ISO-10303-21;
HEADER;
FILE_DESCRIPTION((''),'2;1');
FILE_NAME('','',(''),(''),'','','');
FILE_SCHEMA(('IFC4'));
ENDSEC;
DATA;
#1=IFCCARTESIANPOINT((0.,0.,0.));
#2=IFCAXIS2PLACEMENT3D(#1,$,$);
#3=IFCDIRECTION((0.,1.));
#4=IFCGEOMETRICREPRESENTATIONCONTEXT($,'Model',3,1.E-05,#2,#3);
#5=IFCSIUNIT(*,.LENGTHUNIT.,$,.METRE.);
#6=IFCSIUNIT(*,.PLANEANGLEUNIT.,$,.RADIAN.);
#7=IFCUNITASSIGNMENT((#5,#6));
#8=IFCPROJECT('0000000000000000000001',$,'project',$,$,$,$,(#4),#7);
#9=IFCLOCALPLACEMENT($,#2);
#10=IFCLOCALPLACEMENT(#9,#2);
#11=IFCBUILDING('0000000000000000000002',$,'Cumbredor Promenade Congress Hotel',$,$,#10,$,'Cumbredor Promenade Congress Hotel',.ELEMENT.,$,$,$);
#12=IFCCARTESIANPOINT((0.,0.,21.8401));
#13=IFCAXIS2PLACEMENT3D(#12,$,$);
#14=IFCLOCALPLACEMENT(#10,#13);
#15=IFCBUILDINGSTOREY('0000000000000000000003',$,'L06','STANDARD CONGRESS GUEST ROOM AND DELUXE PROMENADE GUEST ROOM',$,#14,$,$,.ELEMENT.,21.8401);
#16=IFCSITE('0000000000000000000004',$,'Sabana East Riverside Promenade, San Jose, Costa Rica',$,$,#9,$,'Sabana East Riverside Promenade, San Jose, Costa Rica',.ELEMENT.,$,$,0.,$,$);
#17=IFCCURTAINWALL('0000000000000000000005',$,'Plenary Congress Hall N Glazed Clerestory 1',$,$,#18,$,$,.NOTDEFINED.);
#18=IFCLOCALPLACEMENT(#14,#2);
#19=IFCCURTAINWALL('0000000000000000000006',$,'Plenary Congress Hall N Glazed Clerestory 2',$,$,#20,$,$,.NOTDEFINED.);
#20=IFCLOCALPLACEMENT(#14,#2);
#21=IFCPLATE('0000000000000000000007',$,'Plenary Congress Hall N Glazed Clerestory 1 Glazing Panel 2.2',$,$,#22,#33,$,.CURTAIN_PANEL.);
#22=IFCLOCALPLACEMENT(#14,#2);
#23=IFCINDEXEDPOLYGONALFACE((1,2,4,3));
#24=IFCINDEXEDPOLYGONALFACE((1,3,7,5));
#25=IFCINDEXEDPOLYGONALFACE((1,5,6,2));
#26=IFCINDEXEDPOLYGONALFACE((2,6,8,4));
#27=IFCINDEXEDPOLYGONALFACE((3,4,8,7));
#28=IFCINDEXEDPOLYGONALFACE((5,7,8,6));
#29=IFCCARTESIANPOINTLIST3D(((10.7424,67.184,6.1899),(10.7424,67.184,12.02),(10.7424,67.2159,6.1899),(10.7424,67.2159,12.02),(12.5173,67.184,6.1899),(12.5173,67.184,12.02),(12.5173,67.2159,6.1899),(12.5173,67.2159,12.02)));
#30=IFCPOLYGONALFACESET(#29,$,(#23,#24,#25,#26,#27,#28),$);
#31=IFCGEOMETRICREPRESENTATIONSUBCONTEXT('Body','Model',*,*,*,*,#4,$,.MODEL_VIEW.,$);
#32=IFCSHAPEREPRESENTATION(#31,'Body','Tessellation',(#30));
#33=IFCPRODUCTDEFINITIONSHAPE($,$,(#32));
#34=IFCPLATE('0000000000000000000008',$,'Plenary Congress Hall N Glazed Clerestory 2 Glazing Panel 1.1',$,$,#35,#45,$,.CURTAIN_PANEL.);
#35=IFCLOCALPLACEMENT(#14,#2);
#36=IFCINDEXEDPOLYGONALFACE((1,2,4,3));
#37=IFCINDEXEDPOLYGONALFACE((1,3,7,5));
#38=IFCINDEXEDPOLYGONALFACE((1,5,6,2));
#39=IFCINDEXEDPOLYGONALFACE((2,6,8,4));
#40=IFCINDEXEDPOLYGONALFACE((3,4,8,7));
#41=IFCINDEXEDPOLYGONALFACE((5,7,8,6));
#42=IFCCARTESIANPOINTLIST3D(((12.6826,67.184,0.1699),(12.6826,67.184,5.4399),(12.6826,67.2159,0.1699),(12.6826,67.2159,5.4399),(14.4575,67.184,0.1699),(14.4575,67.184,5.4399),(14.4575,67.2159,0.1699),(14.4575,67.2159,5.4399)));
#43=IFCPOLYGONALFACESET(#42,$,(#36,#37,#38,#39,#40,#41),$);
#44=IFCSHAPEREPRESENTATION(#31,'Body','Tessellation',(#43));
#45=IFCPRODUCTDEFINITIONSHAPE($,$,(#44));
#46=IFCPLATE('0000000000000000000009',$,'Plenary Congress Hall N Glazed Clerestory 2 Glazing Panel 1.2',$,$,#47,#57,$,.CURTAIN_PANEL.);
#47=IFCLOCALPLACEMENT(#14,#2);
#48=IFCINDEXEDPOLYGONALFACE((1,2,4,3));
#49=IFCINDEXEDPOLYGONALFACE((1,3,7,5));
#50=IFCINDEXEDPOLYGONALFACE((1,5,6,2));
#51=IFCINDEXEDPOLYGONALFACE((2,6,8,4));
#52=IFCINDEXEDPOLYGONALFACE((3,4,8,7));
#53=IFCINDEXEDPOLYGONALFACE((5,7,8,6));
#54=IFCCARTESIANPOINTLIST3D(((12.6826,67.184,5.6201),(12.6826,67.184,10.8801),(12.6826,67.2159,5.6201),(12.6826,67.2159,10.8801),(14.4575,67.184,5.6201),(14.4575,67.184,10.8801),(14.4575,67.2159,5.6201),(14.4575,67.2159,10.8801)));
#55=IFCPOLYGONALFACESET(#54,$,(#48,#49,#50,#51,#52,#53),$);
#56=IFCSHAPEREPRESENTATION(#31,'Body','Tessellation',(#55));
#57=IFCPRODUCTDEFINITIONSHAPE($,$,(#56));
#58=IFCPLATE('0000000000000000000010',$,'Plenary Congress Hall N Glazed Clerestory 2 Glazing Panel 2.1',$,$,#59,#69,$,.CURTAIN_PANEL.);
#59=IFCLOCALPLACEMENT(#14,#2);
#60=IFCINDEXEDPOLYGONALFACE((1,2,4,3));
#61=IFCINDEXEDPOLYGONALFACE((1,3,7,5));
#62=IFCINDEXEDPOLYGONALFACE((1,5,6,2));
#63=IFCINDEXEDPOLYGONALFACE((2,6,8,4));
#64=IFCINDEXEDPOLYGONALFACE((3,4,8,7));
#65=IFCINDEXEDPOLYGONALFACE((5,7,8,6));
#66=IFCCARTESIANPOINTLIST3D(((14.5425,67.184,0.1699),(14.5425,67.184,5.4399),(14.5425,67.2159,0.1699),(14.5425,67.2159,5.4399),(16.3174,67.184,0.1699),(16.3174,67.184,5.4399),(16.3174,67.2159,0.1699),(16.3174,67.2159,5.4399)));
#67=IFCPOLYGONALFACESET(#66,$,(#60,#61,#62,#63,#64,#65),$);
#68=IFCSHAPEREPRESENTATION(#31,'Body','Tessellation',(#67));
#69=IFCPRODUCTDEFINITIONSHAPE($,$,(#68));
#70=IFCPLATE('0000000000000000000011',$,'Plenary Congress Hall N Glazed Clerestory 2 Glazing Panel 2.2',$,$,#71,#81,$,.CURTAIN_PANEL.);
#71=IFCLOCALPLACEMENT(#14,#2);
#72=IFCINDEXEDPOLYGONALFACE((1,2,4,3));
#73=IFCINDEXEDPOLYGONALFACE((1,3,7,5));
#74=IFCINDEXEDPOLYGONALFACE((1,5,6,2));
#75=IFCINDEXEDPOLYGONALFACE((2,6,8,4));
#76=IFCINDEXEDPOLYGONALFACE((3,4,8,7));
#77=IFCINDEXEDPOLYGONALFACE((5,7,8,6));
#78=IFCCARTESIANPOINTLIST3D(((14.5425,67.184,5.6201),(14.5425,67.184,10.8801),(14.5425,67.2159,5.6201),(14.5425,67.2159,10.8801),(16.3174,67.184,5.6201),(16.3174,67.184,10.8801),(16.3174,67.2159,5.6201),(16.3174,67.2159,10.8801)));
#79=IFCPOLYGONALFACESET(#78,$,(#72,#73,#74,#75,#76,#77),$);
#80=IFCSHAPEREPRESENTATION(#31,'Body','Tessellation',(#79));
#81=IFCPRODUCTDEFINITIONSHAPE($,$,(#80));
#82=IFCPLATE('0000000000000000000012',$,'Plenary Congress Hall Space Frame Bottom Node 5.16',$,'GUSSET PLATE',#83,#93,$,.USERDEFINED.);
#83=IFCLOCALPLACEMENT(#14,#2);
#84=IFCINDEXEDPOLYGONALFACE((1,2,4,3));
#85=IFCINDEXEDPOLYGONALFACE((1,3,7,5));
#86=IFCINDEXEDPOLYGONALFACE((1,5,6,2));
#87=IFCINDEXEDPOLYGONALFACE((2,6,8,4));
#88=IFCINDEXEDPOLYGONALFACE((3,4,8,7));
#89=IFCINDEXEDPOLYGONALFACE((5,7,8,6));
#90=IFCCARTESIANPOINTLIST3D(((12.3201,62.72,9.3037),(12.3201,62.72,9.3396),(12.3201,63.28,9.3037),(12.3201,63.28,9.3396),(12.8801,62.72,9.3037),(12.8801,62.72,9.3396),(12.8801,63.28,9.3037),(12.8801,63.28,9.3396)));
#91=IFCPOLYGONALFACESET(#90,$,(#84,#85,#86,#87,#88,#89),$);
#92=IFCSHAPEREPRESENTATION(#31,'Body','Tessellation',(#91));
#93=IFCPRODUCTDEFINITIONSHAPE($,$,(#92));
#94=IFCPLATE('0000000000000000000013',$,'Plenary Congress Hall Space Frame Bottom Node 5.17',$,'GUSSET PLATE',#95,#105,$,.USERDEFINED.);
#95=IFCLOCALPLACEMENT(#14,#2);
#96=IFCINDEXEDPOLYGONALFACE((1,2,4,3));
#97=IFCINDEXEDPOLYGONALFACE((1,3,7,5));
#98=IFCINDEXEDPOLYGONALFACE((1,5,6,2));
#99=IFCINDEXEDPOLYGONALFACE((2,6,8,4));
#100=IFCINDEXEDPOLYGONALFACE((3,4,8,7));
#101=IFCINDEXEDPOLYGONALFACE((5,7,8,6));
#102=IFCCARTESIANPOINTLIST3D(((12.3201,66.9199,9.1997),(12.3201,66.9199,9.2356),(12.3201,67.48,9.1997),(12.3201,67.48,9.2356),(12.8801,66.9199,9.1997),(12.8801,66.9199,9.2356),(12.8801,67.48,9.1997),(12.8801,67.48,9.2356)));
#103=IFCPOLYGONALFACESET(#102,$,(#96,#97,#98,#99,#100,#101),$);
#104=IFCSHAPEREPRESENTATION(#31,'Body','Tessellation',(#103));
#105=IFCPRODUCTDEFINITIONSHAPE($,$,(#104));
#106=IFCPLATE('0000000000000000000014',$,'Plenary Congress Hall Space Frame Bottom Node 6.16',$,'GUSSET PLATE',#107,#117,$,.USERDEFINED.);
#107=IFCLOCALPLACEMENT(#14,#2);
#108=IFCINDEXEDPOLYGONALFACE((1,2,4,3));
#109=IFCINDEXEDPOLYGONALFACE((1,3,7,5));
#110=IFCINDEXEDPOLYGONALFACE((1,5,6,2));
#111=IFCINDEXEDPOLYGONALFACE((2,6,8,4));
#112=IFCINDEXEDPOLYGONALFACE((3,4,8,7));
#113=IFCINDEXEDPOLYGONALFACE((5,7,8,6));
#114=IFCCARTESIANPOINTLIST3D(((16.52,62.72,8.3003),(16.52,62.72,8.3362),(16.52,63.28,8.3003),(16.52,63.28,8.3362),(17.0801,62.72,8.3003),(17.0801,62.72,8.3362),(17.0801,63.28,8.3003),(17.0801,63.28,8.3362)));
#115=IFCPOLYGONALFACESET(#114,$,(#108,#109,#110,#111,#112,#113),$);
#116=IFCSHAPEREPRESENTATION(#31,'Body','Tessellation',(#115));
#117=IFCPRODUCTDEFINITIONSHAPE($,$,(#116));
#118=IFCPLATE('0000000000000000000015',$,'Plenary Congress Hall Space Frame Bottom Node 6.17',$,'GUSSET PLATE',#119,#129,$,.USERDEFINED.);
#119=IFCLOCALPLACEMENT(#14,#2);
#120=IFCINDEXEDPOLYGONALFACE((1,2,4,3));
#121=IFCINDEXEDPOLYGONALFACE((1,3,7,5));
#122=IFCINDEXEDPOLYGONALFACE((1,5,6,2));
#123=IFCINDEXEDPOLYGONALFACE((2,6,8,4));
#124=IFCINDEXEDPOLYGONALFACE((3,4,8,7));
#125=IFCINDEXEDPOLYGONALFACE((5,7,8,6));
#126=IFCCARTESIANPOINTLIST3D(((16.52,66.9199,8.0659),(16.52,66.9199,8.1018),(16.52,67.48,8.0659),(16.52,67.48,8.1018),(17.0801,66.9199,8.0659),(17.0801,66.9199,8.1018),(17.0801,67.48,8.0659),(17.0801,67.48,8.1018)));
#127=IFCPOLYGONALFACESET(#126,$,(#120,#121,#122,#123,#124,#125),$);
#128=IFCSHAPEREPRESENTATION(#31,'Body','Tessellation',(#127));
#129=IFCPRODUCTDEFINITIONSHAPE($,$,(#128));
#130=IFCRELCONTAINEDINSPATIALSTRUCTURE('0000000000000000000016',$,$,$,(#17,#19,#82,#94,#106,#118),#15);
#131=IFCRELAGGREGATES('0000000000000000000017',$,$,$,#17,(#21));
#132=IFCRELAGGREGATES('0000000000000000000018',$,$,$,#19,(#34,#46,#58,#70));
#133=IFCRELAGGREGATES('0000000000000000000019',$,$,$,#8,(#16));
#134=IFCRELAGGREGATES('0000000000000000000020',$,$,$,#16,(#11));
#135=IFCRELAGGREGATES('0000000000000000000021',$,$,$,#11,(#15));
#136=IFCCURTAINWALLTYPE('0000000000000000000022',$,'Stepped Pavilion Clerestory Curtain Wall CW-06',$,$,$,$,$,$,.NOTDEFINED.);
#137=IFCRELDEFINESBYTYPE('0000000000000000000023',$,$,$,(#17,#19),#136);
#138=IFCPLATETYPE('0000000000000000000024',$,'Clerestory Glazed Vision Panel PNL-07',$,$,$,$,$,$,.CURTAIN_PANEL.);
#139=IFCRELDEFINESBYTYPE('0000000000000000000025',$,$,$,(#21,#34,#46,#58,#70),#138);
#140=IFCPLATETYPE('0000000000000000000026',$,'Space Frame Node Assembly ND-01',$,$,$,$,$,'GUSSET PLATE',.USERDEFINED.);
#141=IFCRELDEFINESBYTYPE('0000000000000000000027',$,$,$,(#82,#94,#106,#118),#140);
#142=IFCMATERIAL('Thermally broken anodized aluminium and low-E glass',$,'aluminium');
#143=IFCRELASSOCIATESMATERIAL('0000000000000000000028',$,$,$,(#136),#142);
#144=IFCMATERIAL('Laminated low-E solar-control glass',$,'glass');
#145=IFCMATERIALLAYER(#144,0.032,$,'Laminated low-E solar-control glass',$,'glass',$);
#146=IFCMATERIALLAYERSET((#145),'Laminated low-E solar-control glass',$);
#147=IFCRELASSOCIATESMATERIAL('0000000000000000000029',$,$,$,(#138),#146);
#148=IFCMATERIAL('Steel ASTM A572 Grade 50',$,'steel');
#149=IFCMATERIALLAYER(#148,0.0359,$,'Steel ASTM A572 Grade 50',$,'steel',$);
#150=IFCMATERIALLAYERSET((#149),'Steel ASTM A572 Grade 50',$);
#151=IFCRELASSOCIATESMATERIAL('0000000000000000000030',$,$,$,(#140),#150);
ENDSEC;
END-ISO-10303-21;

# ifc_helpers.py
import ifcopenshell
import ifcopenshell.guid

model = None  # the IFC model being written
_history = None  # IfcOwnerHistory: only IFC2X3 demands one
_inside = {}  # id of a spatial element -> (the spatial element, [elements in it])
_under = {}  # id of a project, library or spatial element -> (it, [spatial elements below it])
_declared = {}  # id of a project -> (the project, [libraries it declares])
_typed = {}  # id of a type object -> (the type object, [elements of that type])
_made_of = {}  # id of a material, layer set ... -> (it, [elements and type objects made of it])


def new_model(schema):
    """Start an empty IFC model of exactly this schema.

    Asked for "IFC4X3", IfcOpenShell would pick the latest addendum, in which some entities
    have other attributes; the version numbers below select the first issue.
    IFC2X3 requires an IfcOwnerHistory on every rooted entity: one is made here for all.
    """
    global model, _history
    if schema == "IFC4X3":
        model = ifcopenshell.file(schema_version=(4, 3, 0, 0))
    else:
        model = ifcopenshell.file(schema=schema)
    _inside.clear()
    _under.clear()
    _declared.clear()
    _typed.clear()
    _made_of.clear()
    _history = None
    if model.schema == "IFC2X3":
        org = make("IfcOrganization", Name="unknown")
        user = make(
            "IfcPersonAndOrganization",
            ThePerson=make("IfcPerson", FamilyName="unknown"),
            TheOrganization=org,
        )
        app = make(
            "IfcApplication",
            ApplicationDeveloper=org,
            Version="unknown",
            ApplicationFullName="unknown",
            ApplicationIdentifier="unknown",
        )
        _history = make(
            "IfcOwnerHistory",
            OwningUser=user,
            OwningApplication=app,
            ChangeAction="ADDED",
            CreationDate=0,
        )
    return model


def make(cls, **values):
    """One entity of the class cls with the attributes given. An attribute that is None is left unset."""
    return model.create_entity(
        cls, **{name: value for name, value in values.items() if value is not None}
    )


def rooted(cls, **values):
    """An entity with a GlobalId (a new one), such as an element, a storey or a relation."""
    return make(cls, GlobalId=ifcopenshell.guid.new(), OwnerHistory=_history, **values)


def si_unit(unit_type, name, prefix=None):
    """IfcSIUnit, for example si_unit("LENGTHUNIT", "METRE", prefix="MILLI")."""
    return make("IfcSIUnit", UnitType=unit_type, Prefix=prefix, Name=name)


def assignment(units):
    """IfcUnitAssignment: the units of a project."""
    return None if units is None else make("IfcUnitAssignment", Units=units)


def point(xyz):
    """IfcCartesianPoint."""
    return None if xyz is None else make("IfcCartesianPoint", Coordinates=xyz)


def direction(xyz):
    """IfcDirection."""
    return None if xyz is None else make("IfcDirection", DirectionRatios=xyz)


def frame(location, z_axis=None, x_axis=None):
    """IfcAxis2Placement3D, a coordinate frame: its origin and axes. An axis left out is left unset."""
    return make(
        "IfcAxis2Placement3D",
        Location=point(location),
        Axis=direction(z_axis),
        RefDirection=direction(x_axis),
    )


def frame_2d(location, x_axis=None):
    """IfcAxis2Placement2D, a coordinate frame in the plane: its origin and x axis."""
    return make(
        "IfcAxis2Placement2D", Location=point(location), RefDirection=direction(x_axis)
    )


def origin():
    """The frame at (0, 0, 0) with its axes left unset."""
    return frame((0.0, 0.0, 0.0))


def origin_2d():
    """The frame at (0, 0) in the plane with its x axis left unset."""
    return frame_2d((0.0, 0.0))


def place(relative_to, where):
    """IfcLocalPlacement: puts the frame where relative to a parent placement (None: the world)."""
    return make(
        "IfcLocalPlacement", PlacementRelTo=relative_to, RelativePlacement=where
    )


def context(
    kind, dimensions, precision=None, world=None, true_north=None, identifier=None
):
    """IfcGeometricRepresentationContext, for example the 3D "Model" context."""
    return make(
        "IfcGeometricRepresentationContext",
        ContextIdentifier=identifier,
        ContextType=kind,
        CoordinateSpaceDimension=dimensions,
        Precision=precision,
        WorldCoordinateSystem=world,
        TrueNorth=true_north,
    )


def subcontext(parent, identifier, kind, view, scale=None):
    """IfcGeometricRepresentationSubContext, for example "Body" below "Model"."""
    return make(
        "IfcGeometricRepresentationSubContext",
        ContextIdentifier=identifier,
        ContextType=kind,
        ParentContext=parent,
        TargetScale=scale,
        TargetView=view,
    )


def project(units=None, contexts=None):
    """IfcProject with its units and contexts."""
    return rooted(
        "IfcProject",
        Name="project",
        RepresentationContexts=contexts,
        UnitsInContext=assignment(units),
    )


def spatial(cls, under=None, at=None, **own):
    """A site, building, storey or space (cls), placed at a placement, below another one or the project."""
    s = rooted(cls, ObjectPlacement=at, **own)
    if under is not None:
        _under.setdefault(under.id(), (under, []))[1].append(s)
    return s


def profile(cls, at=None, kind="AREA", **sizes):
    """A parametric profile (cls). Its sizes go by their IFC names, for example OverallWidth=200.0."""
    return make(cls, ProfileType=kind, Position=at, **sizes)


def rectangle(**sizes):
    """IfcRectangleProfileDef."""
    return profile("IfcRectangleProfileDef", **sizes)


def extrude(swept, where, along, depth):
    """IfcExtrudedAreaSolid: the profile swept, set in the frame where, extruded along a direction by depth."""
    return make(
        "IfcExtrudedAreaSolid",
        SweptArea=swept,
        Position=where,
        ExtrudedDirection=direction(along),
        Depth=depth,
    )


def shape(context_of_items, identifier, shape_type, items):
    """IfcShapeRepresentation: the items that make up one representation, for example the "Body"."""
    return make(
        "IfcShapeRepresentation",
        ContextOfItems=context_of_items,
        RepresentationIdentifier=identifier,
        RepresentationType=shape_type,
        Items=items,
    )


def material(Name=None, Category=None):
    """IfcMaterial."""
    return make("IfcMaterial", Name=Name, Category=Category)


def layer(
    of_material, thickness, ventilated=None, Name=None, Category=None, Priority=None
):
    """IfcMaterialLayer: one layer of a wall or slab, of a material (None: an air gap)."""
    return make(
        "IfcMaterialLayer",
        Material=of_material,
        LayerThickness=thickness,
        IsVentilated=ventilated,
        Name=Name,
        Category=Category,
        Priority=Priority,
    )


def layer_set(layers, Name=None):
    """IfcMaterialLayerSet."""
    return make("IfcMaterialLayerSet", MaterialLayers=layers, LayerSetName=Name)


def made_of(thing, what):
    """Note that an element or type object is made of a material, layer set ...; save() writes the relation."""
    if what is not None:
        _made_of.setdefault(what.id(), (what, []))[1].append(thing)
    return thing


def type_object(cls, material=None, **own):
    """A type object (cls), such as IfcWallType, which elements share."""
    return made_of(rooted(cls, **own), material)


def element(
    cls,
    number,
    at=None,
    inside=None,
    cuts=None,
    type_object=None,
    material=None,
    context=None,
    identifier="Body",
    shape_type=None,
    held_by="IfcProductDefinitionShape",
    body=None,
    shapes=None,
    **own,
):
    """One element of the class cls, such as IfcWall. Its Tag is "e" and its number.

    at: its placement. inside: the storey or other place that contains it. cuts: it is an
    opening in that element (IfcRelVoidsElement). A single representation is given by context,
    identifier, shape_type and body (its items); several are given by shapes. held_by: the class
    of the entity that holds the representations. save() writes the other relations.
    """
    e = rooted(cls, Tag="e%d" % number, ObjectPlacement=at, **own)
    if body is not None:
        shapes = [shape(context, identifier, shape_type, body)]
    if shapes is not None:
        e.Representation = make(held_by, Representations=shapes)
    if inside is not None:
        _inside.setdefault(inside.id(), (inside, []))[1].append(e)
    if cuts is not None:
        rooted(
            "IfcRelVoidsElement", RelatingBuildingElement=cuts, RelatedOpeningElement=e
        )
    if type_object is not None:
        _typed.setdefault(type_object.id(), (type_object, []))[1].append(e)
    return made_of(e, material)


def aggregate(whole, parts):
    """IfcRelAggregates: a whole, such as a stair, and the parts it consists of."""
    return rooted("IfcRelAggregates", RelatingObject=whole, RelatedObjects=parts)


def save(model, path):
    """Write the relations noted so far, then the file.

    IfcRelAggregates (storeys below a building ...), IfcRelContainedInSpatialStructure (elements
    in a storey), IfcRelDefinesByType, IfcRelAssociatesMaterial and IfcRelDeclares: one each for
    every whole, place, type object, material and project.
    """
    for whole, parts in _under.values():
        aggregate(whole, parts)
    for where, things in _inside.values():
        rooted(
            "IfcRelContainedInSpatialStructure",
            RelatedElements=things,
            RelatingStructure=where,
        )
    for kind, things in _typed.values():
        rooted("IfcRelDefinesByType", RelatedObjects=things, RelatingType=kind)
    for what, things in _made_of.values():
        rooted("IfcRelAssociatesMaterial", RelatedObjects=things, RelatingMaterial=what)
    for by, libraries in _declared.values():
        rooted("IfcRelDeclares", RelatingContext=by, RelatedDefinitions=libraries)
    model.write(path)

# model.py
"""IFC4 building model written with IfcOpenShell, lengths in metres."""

from ifc_helpers import new_model, si_unit, direction, frame, origin, origin_2d, place, context, subcontext, project, spatial, rectangle, extrude, material, layer, layer_set, type_object, element, aggregate, save


model = new_model("IFC4")

# Units and contexts
model_context = context("Model", 3, precision=1e-05, world=origin(), true_north=direction((0.0, 1.0)))
body_context = subcontext(model_context, "Body", "Model", "MODEL_VIEW")
ifc_project = project(units=[si_unit("LENGTHUNIT", "METRE"), si_unit("PLANEANGLEUNIT", "RADIAN")], contexts=[model_context])

# Site, building, storey
site_placement = place(None, origin())
site = spatial("IfcSite", under=ifc_project, at=site_placement, Name="Sabana East Riverside Promenade, San Jose, Costa Rica", LongName="Sabana East Riverside Promenade, San Jose, Costa Rica", CompositionType="ELEMENT", RefElevation=0.0)
building_placement = place(site_placement, origin())
building = spatial("IfcBuilding", under=site, at=building_placement, Name="Cumbredor Promenade Congress Hotel", LongName="Cumbredor Promenade Congress Hotel", CompositionType="ELEMENT")
storey_placement = place(building_placement, frame((0.0, 0.0, 21.8401)))
storey = spatial("IfcBuildingStorey", under=building, at=storey_placement, Name="L06", Description="STANDARD CONGRESS GUEST ROOM AND DELUXE PROMENADE GUEST ROOM", CompositionType="ELEMENT", Elevation=21.8401)

# Curtain walls
ifc_material_1 = material(Name="Thermally broken anodized aluminium and low-E glass", Category="aluminium")
curtain_wall_type = type_object("IfcCurtainWallType", Name="Stepped Pavilion Clerestory Curtain Wall CW-06", PredefinedType="NOTDEFINED", material=ifc_material_1)
curtain_wall_1_placement = place(storey_placement, origin())
curtain_wall_1 = element("IfcCurtainWall", 1, at=curtain_wall_1_placement, inside=storey, type_object=curtain_wall_type, Name="Plenary Congress Hall N Glazed Clerestory 1", PredefinedType="NOTDEFINED")
curtain_wall_2_placement = place(storey_placement, origin())
curtain_wall_2 = element("IfcCurtainWall", 2, at=curtain_wall_2_placement, inside=storey, type_object=curtain_wall_type, Name="Plenary Congress Hall N Glazed Clerestory 2", PredefinedType="NOTDEFINED")

# Plates
ifc_material_2 = material(Name="Laminated low-E solar-control glass", Category="glass")
ifc_layer_1 = layer(ifc_material_2, 0.032, Name="Laminated low-E solar-control glass", Category="glass")
ifc_layer_set_1 = layer_set([ifc_layer_1], Name="Laminated low-E solar-control glass")
plate_type_1 = type_object("IfcPlateType", Name="Clerestory Glazed Vision Panel PNL-07", PredefinedType="CURTAIN_PANEL", material=ifc_layer_set_1)
plate_1_placement = place(storey_placement, frame((11.6299, 67.2, 6.1899), z_axis=(0.0, 0.0, 1.0), x_axis=(1.0, 0.0, 0.0)))
plate_1 = element("IfcPlate", 3, at=plate_1_placement, type_object=plate_type_1, Name="Plenary Congress Hall N Glazed Clerestory 1 Glazing Panel 2.2", PredefinedType="CURTAIN_PANEL", context=body_context, shape_type="SweptSolid", body=[
    extrude(rectangle(XDim=1.7749, YDim=0.032, at=origin_2d()), origin(), (0.0, 0.0, 1.0), 5.8301),
])
aggregate(curtain_wall_1, [plate_1])
plate_2_placement = place(storey_placement, frame((13.5701, 67.2, 0.1699), z_axis=(0.0, 0.0, 1.0), x_axis=(1.0, 0.0, 0.0)))
plate_2 = element("IfcPlate", 4, at=plate_2_placement, type_object=plate_type_1, Name="Plenary Congress Hall N Glazed Clerestory 2 Glazing Panel 1.1", PredefinedType="CURTAIN_PANEL", context=body_context, shape_type="SweptSolid", body=[
    extrude(rectangle(XDim=1.7749, YDim=0.032, at=origin_2d()), origin(), (0.0, 0.0, 1.0), 5.27),
])
plate_3_placement = place(storey_placement, frame((13.5701, 67.2, 5.6201), z_axis=(0.0, 0.0, 1.0), x_axis=(1.0, 0.0, 0.0)))
plate_3 = element("IfcPlate", 5, at=plate_3_placement, type_object=plate_type_1, Name="Plenary Congress Hall N Glazed Clerestory 2 Glazing Panel 1.2", PredefinedType="CURTAIN_PANEL", context=body_context, shape_type="SweptSolid", body=[
    extrude(rectangle(XDim=1.7749, YDim=0.032, at=origin_2d()), origin(), (0.0, 0.0, 1.0), 5.26),
])
plate_4_placement = place(storey_placement, frame((15.4299, 67.2, 0.1699), z_axis=(0.0, 0.0, 1.0), x_axis=(1.0, 0.0, 0.0)))
plate_4 = element("IfcPlate", 6, at=plate_4_placement, type_object=plate_type_1, Name="Plenary Congress Hall N Glazed Clerestory 2 Glazing Panel 2.1", PredefinedType="CURTAIN_PANEL", context=body_context, shape_type="SweptSolid", body=[
    extrude(rectangle(XDim=1.7749, YDim=0.032, at=origin_2d()), origin(), (0.0, 0.0, 1.0), 5.27),
])
plate_5_placement = place(storey_placement, frame((15.4299, 67.2, 5.6201), z_axis=(0.0, 0.0, 1.0), x_axis=(1.0, 0.0, 0.0)))
plate_5 = element("IfcPlate", 7, at=plate_5_placement, type_object=plate_type_1, Name="Plenary Congress Hall N Glazed Clerestory 2 Glazing Panel 2.2", PredefinedType="CURTAIN_PANEL", context=body_context, shape_type="SweptSolid", body=[
    extrude(rectangle(XDim=1.7749, YDim=0.032, at=origin_2d()), origin(), (0.0, 0.0, 1.0), 5.26),
])
aggregate(curtain_wall_2, [plate_2, plate_3, plate_4, plate_5])

# Plates
ifc_material_3 = material(Name="Steel ASTM A572 Grade 50", Category="steel")
ifc_layer_2 = layer(ifc_material_3, 0.0359, Name="Steel ASTM A572 Grade 50", Category="steel")
ifc_layer_set_2 = layer_set([ifc_layer_2], Name="Steel ASTM A572 Grade 50")
plate_type_2 = type_object("IfcPlateType", Name="Space Frame Node Assembly ND-01", ElementType="GUSSET PLATE", PredefinedType="USERDEFINED", material=ifc_layer_set_2)
for number, where, z_axis, x_axis, name in (
    (8, (12.6001, 63.0, 9.3037), (0.0, 0.0, 1.0), (1.0, 0.0, 0.0), "Plenary Congress Hall Space Frame Bottom Node 5.16"),
    (9, (12.6001, 67.2, 9.1997), (0.0, 0.0, 1.0), (1.0, 0.0, 0.0), "Plenary Congress Hall Space Frame Bottom Node 5.17"),
    (10, (16.8, 63.0, 8.3003), (0.0, 0.0, 1.0), (1.0, 0.0, 0.0), "Plenary Congress Hall Space Frame Bottom Node 6.16"),
    (11, (16.8, 67.2, 8.0659), (0.0, 0.0, 1.0), (1.0, 0.0, 0.0), "Plenary Congress Hall Space Frame Bottom Node 6.17"),
):
    element("IfcPlate", number, at=place(storey_placement, frame(where, z_axis=z_axis, x_axis=x_axis)), inside=storey, type_object=plate_type_2, Name=name, ObjectType="GUSSET PLATE", PredefinedType="USERDEFINED", context=body_context, shape_type="SweptSolid", body=[
        extrude(rectangle(XDim=0.5601, YDim=0.5601, at=origin_2d()), origin(), (0.0, 0.0, 1.0), 0.0359),
    ])

save(model, "model.ifc")
